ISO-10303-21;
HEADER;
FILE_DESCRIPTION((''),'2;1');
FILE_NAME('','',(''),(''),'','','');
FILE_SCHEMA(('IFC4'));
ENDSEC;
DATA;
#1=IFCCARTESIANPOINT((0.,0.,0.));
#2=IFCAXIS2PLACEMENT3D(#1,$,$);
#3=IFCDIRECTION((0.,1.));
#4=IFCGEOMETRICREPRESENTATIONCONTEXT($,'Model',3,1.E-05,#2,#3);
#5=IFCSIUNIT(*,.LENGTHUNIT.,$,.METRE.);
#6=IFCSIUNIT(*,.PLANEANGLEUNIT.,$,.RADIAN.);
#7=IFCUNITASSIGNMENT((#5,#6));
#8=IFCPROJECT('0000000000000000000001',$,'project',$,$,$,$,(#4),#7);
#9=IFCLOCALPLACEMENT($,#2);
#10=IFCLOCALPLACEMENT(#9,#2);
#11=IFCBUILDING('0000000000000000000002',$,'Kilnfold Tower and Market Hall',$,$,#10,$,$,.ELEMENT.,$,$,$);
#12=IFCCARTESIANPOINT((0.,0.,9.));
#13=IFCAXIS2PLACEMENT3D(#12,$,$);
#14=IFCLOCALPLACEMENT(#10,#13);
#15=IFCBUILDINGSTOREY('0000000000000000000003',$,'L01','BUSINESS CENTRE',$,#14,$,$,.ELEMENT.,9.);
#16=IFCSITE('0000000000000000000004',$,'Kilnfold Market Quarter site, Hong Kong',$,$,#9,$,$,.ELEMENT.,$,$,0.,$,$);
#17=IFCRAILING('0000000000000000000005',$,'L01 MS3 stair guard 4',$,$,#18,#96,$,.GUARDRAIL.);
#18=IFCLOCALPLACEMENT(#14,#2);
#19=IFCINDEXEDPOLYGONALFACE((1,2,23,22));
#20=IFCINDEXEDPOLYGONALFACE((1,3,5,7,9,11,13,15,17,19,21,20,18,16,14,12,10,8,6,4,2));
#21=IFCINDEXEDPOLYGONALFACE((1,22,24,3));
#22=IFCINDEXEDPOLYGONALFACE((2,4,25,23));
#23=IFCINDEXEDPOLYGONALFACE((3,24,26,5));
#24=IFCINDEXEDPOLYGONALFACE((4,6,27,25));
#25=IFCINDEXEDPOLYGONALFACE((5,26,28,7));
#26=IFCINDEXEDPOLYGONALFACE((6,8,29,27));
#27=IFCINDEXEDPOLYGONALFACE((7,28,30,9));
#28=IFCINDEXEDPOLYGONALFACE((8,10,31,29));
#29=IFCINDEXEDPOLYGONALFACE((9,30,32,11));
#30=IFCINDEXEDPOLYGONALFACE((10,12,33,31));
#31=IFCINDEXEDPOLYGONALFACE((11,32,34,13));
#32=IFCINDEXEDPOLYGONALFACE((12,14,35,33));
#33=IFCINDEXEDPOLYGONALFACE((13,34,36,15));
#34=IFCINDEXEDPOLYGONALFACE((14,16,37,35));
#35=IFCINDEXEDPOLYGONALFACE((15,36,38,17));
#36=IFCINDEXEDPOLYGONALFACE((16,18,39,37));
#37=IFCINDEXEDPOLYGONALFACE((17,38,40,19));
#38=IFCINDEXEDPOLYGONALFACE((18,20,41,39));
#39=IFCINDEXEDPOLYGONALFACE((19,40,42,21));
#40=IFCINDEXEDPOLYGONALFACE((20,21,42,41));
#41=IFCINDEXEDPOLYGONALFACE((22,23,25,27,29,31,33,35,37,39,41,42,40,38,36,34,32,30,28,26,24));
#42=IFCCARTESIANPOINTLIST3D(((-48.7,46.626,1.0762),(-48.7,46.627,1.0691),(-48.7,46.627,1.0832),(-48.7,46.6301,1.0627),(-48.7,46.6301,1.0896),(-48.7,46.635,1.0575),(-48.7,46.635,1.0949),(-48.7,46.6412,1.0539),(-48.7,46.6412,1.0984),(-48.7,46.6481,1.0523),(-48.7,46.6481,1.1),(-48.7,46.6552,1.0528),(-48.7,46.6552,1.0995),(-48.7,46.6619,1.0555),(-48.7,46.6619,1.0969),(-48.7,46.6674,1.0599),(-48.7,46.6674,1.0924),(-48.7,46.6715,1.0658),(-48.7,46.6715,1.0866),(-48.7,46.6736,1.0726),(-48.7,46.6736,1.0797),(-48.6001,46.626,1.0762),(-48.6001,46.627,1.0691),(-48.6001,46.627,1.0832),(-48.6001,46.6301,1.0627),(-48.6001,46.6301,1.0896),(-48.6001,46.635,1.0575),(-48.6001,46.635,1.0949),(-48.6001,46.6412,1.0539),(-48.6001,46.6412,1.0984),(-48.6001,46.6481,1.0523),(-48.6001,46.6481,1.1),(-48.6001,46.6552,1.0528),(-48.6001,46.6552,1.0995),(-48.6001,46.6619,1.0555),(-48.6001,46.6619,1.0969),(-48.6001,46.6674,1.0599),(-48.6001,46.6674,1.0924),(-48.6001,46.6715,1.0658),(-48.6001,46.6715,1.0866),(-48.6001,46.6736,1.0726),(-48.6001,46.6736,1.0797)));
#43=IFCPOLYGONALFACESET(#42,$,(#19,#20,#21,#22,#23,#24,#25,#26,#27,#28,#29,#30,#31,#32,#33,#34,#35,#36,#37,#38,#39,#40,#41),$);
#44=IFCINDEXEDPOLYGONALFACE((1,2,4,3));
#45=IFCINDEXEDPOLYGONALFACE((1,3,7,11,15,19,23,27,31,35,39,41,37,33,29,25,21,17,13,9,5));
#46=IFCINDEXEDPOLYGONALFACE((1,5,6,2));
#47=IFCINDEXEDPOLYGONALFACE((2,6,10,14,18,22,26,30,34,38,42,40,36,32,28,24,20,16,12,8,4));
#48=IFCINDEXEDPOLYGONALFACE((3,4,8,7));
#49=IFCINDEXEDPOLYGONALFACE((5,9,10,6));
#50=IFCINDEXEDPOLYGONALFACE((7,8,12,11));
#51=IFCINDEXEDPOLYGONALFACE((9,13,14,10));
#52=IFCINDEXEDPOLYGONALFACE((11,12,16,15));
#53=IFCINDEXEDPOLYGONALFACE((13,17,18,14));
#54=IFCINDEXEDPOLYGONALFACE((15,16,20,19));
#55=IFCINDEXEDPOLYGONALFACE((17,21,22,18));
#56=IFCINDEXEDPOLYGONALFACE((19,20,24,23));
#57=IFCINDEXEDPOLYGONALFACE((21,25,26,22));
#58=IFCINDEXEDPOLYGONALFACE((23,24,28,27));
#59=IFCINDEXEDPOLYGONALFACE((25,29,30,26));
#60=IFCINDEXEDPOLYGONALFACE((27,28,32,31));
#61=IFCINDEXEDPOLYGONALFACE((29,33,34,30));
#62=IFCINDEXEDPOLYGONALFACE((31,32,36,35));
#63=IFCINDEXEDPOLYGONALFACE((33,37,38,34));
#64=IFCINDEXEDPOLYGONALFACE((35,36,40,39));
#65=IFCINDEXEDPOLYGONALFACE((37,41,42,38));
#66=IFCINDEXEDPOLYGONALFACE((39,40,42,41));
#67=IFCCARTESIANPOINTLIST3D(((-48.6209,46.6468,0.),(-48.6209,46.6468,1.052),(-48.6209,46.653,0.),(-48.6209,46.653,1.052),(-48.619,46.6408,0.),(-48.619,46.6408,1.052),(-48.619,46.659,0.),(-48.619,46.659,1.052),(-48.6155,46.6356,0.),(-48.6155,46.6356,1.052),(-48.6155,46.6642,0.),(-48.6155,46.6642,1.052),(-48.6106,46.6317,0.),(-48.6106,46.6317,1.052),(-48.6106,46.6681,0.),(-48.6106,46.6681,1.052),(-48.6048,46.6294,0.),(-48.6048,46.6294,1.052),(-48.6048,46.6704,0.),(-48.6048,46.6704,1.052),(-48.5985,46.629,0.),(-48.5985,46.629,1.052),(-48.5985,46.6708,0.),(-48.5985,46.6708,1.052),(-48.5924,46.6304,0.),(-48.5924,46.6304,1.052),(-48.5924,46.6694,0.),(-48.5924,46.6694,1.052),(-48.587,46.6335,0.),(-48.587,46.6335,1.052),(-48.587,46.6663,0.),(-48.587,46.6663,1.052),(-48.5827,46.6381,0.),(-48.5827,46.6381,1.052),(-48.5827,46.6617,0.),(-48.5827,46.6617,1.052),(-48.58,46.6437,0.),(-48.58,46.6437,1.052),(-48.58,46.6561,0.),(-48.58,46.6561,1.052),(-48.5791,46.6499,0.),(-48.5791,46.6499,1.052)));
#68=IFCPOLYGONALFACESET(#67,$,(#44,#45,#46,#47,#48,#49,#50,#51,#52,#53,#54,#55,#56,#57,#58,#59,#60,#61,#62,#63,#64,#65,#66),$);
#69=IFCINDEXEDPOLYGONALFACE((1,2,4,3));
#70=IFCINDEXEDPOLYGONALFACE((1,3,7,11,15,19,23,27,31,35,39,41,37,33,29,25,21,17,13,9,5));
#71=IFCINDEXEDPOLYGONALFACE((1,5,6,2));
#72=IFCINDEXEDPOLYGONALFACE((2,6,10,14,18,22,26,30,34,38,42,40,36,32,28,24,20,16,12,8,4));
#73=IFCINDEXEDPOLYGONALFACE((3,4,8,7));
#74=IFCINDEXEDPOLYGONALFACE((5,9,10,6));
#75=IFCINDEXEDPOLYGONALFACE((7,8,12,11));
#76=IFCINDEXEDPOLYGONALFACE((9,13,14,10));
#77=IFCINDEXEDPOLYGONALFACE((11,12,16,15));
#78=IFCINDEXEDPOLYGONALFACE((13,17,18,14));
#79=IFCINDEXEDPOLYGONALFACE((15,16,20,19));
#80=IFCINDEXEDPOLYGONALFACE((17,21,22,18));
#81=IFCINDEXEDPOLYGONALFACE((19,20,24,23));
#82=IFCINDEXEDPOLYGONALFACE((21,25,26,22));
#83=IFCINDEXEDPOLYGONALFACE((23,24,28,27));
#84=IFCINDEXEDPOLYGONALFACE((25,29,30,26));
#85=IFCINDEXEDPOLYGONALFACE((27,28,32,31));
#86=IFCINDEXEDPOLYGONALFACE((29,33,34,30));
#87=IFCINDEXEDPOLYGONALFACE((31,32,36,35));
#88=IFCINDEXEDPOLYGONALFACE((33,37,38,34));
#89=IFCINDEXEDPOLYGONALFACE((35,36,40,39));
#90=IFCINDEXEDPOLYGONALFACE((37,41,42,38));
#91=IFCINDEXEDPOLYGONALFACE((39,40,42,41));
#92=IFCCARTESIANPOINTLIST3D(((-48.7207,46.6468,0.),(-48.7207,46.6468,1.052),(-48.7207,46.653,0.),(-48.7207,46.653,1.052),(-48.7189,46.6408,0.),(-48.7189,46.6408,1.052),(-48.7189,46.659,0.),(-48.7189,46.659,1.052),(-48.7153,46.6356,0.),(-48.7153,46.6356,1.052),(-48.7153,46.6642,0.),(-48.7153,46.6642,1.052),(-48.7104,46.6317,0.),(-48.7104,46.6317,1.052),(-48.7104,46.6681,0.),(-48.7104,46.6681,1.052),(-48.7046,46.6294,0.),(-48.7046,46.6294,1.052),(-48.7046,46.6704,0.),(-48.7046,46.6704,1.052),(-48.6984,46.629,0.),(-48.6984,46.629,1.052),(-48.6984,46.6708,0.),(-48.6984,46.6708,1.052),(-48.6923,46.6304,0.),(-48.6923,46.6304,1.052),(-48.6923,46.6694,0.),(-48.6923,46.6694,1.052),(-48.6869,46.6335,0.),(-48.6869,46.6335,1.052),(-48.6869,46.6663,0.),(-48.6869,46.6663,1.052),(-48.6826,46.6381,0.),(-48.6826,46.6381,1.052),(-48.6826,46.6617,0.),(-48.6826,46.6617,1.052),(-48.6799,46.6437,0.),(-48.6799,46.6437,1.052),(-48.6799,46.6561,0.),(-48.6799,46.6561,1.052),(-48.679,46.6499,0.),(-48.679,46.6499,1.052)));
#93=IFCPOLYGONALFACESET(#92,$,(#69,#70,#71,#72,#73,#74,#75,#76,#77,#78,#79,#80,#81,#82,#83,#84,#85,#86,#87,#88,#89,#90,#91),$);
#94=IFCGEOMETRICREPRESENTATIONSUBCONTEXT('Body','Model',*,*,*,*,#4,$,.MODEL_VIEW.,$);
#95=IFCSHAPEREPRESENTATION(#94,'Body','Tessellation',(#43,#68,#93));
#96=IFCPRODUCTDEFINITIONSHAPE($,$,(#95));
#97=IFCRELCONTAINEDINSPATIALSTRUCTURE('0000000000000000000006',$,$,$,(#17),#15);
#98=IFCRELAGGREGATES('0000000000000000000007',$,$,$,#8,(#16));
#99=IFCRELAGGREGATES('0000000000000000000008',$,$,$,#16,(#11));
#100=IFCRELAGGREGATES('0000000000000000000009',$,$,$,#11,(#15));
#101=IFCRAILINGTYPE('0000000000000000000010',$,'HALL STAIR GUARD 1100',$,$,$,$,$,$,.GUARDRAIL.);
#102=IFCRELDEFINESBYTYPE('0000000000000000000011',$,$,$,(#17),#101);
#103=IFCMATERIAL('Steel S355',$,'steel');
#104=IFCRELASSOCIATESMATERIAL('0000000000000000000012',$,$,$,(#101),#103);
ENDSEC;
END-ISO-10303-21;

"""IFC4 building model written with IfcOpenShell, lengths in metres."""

from ifc_helpers import new_model, si_unit, direction, frame, origin, origin_2d, place, context, subcontext, project, spatial, circle, extrude, material, type_object, element, save


model = new_model("IFC4")

# Units and contexts
model_context = context("Model", 3, precision=1e-05, world=origin(), true_north=direction((0.0, 1.0)))
body_context = subcontext(model_context, "Body", "Model", "MODEL_VIEW")
ifc_project = project(units=[si_unit("LENGTHUNIT", "METRE"), si_unit("PLANEANGLEUNIT", "RADIAN")], contexts=[model_context])

# Site, building, storey
site_placement = place(None, origin())
site = spatial("IfcSite", under=ifc_project, at=site_placement, Name="Kilnfold Market Quarter site, Hong Kong", CompositionType="ELEMENT", RefElevation=0.0)
building_placement = place(site_placement, origin())
building = spatial("IfcBuilding", under=site, at=building_placement, Name="Kilnfold Tower and Market Hall", CompositionType="ELEMENT")
storey_placement = place(building_placement, frame((0.0, 0.0, 9.0)))
storey = spatial("IfcBuildingStorey", under=building, at=storey_placement, Name="L01", Description="BUSINESS CENTRE", CompositionType="ELEMENT", Elevation=9.0)

# Railing
ifc_material_1 = material(Name="Steel S355", Category="steel")
railing_type_1 = type_object("IfcRailingType", Name="HALL STAIR GUARD 1100", PredefinedType="GUARDRAIL", material=ifc_material_1)
railing_1_placement = place(storey_placement, frame((-48.6001, 46.6499, 0.0)))
element("IfcRailing", 1, at=railing_1_placement, inside=storey, type_object=railing_type_1, Name="L01 MS3 stair guard 4", PredefinedType="GUARDRAIL", context=body_context, shape_type="SweptSolid", body=[
    extrude(circle(Radius=0.0239, at=origin_2d()), frame((0.0, 0.0, 1.0762), z_axis=(-1.0, 0.0, 0.0), x_axis=(0.0, -1.0, 0.0)), (0.0, 0.0, 1.0), 0.0999),
    extrude(circle(Radius=0.021, at=origin_2d()), origin(), (0.0, 0.0, 1.0), 1.052),
    extrude(circle(Radius=0.021, at=origin_2d()), frame((-0.0999, 0.0, 0.0)), (0.0, 0.0, 1.0), 1.052),
])

save(model, "model.ifc")
